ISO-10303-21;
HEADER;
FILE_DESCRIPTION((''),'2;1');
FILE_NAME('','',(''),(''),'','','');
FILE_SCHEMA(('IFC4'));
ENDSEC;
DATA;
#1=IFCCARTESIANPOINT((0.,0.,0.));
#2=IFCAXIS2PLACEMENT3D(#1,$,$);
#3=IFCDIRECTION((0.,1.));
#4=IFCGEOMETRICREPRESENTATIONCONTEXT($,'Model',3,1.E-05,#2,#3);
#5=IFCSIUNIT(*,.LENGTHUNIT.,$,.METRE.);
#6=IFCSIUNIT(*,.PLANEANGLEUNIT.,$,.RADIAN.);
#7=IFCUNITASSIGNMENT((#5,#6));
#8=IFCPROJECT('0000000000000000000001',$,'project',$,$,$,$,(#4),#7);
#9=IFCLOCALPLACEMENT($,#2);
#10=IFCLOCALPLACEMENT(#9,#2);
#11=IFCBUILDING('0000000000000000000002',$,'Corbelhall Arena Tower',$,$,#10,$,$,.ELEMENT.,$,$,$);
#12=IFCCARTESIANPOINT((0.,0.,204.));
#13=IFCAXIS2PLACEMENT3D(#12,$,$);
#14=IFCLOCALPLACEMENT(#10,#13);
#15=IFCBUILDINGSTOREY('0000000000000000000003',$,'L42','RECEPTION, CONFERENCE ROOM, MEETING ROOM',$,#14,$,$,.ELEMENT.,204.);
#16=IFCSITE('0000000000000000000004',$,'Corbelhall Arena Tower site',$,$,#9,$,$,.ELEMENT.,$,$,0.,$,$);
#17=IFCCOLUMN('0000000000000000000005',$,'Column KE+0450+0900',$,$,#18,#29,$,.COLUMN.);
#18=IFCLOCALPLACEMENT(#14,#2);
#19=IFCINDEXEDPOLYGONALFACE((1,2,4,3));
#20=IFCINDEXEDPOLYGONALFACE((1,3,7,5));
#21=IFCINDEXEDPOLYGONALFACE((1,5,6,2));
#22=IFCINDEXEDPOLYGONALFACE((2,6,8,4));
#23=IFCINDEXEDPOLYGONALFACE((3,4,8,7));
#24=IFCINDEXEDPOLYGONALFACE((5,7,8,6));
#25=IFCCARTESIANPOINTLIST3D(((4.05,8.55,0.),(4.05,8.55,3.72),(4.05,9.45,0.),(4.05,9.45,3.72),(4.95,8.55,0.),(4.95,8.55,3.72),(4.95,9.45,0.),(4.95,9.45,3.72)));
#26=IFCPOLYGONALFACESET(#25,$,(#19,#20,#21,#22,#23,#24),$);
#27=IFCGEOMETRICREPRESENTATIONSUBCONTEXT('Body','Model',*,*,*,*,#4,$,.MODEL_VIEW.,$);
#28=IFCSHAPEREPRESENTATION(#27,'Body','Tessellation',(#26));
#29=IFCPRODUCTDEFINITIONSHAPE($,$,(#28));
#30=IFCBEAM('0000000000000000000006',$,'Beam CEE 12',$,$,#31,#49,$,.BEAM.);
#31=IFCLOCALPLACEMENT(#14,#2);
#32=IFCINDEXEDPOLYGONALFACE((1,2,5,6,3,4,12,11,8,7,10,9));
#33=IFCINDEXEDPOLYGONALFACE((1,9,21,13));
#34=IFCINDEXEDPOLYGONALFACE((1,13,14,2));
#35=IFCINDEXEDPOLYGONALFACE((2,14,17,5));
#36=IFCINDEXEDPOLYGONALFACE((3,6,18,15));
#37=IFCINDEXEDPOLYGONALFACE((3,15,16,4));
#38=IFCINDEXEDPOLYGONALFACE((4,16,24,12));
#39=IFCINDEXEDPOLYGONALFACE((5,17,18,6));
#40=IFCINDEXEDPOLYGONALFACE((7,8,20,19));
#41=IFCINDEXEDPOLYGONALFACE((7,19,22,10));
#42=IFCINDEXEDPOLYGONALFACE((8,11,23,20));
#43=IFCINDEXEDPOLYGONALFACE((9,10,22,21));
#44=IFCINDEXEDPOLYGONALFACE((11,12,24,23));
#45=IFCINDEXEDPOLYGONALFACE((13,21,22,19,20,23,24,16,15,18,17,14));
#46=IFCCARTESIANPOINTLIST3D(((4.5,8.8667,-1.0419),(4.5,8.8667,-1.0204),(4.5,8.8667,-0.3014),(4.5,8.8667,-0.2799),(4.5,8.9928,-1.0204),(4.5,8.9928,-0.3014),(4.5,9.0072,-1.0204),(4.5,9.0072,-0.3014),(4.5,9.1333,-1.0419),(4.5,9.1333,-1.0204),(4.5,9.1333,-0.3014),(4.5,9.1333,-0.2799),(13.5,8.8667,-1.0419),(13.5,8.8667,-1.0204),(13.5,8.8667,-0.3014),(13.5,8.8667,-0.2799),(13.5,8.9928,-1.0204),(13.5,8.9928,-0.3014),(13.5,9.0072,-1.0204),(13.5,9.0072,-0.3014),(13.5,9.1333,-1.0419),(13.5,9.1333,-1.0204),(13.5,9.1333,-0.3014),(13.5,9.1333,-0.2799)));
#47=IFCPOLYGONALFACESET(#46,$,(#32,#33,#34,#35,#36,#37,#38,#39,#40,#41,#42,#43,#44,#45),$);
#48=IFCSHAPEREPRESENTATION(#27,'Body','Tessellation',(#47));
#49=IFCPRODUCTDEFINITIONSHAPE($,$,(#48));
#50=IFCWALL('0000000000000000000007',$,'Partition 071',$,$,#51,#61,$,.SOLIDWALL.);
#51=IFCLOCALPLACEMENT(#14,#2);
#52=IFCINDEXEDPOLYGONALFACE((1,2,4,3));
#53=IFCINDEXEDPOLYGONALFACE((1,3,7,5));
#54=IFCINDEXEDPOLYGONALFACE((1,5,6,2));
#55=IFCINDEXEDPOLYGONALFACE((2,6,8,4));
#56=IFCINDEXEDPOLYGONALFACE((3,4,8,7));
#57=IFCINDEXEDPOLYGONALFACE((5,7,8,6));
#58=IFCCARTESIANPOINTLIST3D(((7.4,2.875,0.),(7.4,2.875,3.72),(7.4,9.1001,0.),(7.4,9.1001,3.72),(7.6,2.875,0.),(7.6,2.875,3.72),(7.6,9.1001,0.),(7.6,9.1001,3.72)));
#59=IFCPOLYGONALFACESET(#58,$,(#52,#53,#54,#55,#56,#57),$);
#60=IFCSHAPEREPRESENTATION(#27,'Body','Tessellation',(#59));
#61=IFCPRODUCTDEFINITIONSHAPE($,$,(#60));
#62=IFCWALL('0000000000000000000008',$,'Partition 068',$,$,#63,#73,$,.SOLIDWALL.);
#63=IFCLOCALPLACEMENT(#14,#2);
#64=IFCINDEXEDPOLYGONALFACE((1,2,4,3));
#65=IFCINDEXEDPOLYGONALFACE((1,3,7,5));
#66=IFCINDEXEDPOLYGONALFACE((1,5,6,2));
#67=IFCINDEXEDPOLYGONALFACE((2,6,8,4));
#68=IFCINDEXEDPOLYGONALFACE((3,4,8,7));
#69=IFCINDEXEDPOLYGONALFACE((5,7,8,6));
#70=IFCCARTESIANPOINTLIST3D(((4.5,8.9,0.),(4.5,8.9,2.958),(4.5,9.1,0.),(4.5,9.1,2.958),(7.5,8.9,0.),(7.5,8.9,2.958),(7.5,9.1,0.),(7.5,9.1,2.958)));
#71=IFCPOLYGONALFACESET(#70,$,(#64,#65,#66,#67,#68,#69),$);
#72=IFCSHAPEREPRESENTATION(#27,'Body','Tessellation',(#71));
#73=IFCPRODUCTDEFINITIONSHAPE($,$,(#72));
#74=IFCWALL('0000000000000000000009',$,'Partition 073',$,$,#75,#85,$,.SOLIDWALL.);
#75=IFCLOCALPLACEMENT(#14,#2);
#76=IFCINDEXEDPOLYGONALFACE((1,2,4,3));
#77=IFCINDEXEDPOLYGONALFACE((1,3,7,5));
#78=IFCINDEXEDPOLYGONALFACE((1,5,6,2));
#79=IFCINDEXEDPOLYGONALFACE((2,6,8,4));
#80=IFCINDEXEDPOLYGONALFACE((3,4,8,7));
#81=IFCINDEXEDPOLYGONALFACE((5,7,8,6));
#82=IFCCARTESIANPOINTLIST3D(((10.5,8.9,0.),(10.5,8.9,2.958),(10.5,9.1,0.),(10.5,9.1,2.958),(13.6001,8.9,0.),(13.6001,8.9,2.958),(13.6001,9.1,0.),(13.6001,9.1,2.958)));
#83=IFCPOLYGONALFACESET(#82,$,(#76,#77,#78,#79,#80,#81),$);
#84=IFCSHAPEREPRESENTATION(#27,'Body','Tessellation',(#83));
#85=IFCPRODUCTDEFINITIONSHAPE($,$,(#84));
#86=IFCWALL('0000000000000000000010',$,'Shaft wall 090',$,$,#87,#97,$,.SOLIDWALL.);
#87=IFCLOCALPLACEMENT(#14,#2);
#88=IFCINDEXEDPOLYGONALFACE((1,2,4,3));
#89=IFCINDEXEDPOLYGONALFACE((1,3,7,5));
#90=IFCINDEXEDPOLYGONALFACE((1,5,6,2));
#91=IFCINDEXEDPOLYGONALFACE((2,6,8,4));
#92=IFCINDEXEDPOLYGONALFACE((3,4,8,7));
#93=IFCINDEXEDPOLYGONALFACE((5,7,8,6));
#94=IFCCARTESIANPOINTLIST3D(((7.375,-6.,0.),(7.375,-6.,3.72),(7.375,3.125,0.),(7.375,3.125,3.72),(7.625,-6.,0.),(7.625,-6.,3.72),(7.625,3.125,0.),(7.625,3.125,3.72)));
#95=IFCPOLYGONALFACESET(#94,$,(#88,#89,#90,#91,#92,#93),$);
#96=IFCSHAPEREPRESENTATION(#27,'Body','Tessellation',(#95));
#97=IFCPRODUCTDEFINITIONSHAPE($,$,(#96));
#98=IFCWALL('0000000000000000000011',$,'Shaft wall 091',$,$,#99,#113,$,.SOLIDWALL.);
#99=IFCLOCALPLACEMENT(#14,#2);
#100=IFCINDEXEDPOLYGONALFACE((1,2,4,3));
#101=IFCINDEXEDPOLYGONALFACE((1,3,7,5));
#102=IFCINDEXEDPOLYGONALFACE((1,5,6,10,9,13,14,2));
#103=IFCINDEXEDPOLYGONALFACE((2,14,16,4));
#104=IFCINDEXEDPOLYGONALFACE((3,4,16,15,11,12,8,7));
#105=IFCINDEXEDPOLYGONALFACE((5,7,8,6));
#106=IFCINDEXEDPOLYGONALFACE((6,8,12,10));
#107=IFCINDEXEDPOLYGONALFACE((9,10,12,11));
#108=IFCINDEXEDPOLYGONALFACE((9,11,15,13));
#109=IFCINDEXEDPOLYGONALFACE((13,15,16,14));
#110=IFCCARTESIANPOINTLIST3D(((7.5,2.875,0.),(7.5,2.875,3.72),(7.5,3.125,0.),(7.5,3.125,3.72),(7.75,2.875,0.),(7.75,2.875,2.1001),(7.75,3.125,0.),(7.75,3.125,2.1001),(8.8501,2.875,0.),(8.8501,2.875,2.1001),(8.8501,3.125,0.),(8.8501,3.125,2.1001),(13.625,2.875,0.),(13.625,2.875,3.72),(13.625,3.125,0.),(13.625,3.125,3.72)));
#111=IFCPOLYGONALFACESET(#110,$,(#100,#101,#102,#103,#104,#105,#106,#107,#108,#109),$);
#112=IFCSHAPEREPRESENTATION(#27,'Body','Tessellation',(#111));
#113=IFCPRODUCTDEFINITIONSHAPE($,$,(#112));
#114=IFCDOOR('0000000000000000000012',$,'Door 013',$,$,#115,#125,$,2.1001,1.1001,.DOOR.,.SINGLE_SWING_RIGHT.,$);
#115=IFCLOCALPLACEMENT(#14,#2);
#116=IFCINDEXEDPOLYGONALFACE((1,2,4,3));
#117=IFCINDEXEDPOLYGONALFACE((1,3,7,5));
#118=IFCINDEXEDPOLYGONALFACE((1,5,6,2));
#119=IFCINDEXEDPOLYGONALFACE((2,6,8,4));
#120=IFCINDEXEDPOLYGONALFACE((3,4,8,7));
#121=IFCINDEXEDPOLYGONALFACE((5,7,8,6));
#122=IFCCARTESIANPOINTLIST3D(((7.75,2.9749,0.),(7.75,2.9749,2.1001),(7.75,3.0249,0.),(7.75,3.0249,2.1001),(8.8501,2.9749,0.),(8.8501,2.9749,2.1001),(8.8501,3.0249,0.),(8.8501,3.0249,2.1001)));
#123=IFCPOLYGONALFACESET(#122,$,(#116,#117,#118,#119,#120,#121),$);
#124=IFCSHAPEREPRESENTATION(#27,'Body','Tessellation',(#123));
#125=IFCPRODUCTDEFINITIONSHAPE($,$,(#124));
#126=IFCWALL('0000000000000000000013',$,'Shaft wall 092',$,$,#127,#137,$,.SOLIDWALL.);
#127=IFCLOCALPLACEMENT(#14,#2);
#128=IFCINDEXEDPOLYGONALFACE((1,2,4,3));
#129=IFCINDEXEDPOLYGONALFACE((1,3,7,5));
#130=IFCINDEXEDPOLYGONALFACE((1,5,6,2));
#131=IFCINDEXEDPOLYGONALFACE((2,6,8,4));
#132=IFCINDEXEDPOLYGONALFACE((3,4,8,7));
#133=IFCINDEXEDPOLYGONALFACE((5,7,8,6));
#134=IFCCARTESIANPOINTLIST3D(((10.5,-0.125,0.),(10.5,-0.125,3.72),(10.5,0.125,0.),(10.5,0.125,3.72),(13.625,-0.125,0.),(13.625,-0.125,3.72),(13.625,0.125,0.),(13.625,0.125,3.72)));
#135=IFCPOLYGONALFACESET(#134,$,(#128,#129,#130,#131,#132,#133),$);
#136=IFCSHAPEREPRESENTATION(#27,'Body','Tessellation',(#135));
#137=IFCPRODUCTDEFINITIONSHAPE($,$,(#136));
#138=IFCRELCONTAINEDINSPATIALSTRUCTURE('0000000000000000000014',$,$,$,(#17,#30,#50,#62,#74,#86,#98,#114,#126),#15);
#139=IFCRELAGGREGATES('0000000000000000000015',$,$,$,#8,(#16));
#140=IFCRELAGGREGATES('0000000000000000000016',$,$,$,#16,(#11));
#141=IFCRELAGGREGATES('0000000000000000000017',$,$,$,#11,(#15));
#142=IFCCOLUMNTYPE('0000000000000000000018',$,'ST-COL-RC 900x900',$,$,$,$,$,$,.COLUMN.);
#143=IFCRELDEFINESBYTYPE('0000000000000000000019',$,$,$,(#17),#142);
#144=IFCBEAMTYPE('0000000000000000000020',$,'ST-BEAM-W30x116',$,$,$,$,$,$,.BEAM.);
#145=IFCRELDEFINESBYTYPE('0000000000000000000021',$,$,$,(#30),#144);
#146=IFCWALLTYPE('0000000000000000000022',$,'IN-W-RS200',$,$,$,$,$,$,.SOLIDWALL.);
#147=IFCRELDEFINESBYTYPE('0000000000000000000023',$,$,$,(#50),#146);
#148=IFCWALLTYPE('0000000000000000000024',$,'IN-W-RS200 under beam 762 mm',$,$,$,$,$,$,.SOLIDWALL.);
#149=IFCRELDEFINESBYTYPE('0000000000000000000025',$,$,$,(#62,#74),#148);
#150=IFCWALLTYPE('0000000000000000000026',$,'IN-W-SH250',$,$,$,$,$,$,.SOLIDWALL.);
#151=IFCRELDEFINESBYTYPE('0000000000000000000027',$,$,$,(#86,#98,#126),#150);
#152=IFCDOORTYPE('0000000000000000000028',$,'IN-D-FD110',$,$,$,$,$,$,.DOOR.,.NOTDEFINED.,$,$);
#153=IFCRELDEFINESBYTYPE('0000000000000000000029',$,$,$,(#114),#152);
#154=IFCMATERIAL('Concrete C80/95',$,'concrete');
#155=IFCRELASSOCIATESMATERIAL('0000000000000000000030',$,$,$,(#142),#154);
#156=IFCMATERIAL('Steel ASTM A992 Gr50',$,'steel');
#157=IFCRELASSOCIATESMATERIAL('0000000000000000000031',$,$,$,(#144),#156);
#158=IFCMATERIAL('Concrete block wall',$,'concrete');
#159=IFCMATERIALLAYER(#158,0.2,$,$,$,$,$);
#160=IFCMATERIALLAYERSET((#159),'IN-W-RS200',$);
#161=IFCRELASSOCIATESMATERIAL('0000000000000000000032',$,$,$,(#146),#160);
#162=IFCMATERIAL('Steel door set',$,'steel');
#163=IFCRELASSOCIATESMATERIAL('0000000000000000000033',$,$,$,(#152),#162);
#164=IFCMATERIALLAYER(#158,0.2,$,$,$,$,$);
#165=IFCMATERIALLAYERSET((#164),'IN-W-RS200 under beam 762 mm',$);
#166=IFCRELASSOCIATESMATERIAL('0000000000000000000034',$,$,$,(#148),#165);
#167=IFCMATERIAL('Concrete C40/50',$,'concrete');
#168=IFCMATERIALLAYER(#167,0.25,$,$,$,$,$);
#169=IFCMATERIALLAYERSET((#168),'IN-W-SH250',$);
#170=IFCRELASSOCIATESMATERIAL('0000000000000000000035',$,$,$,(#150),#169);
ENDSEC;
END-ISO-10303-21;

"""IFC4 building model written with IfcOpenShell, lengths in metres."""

from ifc_helpers import new_model, si_unit, direction, frame, frame_2d, origin, origin_2d, place, context, subcontext, project, spatial, rectangle, i_section, extrude, material, layer, layer_set, material_profile, profile_set, type_object, element, fill, save


model = new_model("IFC4")

# Units and contexts
model_context = context("Model", 3, precision=1e-05, world=origin(), true_north=direction((0.0, 1.0)))
body_context = subcontext(model_context, "Body", "Model", "MODEL_VIEW")
ifc_project = project(units=[si_unit("LENGTHUNIT", "METRE"), si_unit("PLANEANGLEUNIT", "RADIAN")], contexts=[model_context])

# Site, building, storey
site_placement = place(None, origin())
site = spatial("IfcSite", under=ifc_project, at=site_placement, Name="Corbelhall Arena Tower site", CompositionType="ELEMENT", RefElevation=0.0)
building_placement = place(site_placement, origin())
building = spatial("IfcBuilding", under=site, at=building_placement, Name="Corbelhall Arena Tower", CompositionType="ELEMENT")
storey_placement = place(building_placement, frame((0.0, 0.0, 204.0)))
storey = spatial("IfcBuildingStorey", under=building, at=storey_placement, Name="L42", Description="RECEPTION, CONFERENCE ROOM, MEETING ROOM", CompositionType="ELEMENT", Elevation=204.0)

# Column
ifc_material_1 = material(Name="Concrete C80/95", Category="concrete")
ifc_material_profile_1 = material_profile(ifc_material_1, rectangle(XDim=0.8999, YDim=0.8999, at=origin_2d()))
ifc_profile_set_1 = profile_set([ifc_material_profile_1], Name="Concrete C80/95")
column_type = type_object("IfcColumnType", Name="ST-COL-RC 900x900", PredefinedType="COLUMN", material=ifc_profile_set_1)
column_placement = place(storey_placement, frame((4.5, 9.0, 0.0), z_axis=(0.0, 0.0, 1.0), x_axis=(1.0, 0.0, 0.0)))
element("IfcColumn", 1, at=column_placement, inside=storey, type_object=column_type, Name="Column KE+0450+0900", PredefinedType="COLUMN", context=body_context, shape_type="SweptSolid", body=[
    extrude(rectangle(XDim=0.8999, YDim=0.8999, at=origin_2d()), origin(), (0.0, 0.0, 1.0), 3.72),
])

# Beam
ifc_material_2 = material(Name="Steel ASTM A992 Gr50", Category="steel")
ifc_material_profile_2 = material_profile(ifc_material_2, i_section(OverallWidth=0.2666, OverallDepth=0.762, WebThickness=0.0144, FlangeThickness=0.0215, at=origin_2d()))
ifc_profile_set_2 = profile_set([ifc_material_profile_2], Name="Steel ASTM A992 Gr50")
beam_type = type_object("IfcBeamType", Name="ST-BEAM-W30x116", PredefinedType="BEAM", material=ifc_profile_set_2)
beam_placement = place(storey_placement, frame((4.5, 9.0, -0.6609), z_axis=(1.0, 0.0, 0.0), x_axis=(0.0, 1.0, 0.0)))
element("IfcBeam", 2, at=beam_placement, inside=storey, type_object=beam_type, Name="Beam CEE 12", PredefinedType="BEAM", context=body_context, shape_type="SweptSolid", body=[
    extrude(i_section(OverallWidth=0.2666, OverallDepth=0.762, WebThickness=0.0144, FlangeThickness=0.0215, at=origin_2d()), origin(), (0.0, 0.0, 1.0), 9.0),
])

# Wall
ifc_material_3 = material(Name="Concrete block wall", Category="concrete")
ifc_layer_1 = layer(ifc_material_3, 0.2)
ifc_layer_set_1 = layer_set([ifc_layer_1], Name="IN-W-RS200")
wall_type_1 = type_object("IfcWallType", Name="IN-W-RS200", PredefinedType="SOLIDWALL", material=ifc_layer_set_1)
wall_1_placement = place(storey_placement, frame((7.5, 9.1001, 0.0), z_axis=(0.0, 0.0, 1.0), x_axis=(0.0, -1.0, 0.0)))
element("IfcWall", 3, at=wall_1_placement, inside=storey, type_object=wall_type_1, Name="Partition 071", PredefinedType="SOLIDWALL", context=body_context, shape_type="SweptSolid", body=[
    extrude(rectangle(XDim=6.2251, YDim=0.2, at=frame_2d((3.1125, 0.0))), origin(), (0.0, 0.0, 1.0), 3.72),
])

# Shared definitions
ifc_material_4 = material(Name="Steel door set", Category="steel")
door_type_1 = type_object("IfcDoorType", Name="IN-D-FD110", OperationType="NOTDEFINED", PredefinedType="DOOR", material=ifc_material_4)

# Walls
ifc_layer_2 = layer(ifc_material_3, 0.2)
ifc_layer_set_2 = layer_set([ifc_layer_2], Name="IN-W-RS200 under beam 762 mm")
wall_type_2 = type_object("IfcWallType", Name="IN-W-RS200 under beam 762 mm", PredefinedType="SOLIDWALL", material=ifc_layer_set_2)
wall_2_placement = place(storey_placement, frame((4.5, 9.0, 0.0), z_axis=(0.0, 0.0, 1.0), x_axis=(1.0, 0.0, 0.0)))
element("IfcWall", 4, at=wall_2_placement, inside=storey, type_object=wall_type_2, Name="Partition 068", PredefinedType="SOLIDWALL", context=body_context, shape_type="SweptSolid", body=[
    extrude(rectangle(XDim=3.0, YDim=0.2, at=frame_2d((1.5, 0.0))), origin(), (0.0, 0.0, 1.0), 2.958),
])
wall_3_placement = place(storey_placement, frame((10.5, 9.0, 0.0), z_axis=(0.0, 0.0, 1.0), x_axis=(1.0, 0.0, 0.0)))
element("IfcWall", 5, at=wall_3_placement, inside=storey, type_object=wall_type_2, Name="Partition 073", PredefinedType="SOLIDWALL", context=body_context, shape_type="SweptSolid", body=[
    extrude(rectangle(XDim=3.1001, YDim=0.2, at=frame_2d((1.55, 0.0))), origin(), (0.0, 0.0, 1.0), 2.958),
])
ifc_material_5 = material(Name="Concrete C40/50", Category="concrete")
ifc_layer_3 = layer(ifc_material_5, 0.25)
ifc_layer_set_3 = layer_set([ifc_layer_3], Name="IN-W-SH250")
wall_type_3 = type_object("IfcWallType", Name="IN-W-SH250", PredefinedType="SOLIDWALL", material=ifc_layer_set_3)
wall_4_placement = place(storey_placement, frame((7.5, 3.125, 0.0), z_axis=(0.0, 0.0, 1.0), x_axis=(0.0, -1.0, 0.0)))
element("IfcWall", 6, at=wall_4_placement, inside=storey, type_object=wall_type_3, Name="Shaft wall 090", PredefinedType="SOLIDWALL", context=body_context, shape_type="SweptSolid", body=[
    extrude(rectangle(XDim=9.125, YDim=0.25, at=frame_2d((4.5625, 0.0))), origin(), (0.0, 0.0, 1.0), 3.72),
])

# Wall, opening, door
wall_5_placement = place(storey_placement, frame((7.5, 3.0, 0.0), z_axis=(0.0, 0.0, 1.0), x_axis=(1.0, 0.0, 0.0)))
wall_5 = element("IfcWall", 7, at=wall_5_placement, inside=storey, type_object=wall_type_3, Name="Shaft wall 091", PredefinedType="SOLIDWALL", context=body_context, shape_type="SweptSolid", body=[
    extrude(rectangle(XDim=6.125, YDim=0.25, at=frame_2d((3.0625, 0.0))), origin(), (0.0, 0.0, 1.0), 3.72),
])
opening_1_placement = place(wall_5_placement, frame((0.25, 0.0, 0.0)))
opening_1 = element("IfcOpeningElement", 8, at=opening_1_placement, cuts=wall_5, PredefinedType="OPENING", context=body_context, shape_type="SweptSolid", body=[
    extrude(rectangle(XDim=1.1001, YDim=2.1001, at=frame_2d((0.55, 1.05))), frame((0.0, 0.125, 0.0), z_axis=(0.0, -1.0, 0.0), x_axis=(1.0, 0.0, 0.0)), (0.0, 0.0, 1.0), 0.25),
])
door_1_placement = place(opening_1_placement, origin())
door_1 = element("IfcDoor", 9, at=door_1_placement, inside=storey, type_object=door_type_1, Name="Door 013", OperationType="SINGLE_SWING_RIGHT", OverallHeight=2.1001, OverallWidth=1.1001, PredefinedType="DOOR", context=body_context, shape_type="SweptSolid", body=[
    extrude(rectangle(XDim=1.1001, YDim=2.1001, at=frame_2d((0.55, 1.05))), frame((0.0, 0.0249, 0.0), z_axis=(0.0, -1.0, 0.0), x_axis=(1.0, 0.0, 0.0)), (0.0, 0.0, 1.0), 0.05),
])
fill(opening_1, door_1)

# Wall
wall_6_placement = place(storey_placement, frame((10.5, 0.0, 0.0), z_axis=(0.0, 0.0, 1.0), x_axis=(1.0, 0.0, 0.0)))
element("IfcWall", 10, at=wall_6_placement, inside=storey, type_object=wall_type_3, Name="Shaft wall 092", PredefinedType="SOLIDWALL", context=body_context, shape_type="SweptSolid", body=[
    extrude(rectangle(XDim=3.125, YDim=0.25, at=frame_2d((1.5625, 0.0))), origin(), (0.0, 0.0, 1.0), 3.72),
])

save(model, "model.ifc")
